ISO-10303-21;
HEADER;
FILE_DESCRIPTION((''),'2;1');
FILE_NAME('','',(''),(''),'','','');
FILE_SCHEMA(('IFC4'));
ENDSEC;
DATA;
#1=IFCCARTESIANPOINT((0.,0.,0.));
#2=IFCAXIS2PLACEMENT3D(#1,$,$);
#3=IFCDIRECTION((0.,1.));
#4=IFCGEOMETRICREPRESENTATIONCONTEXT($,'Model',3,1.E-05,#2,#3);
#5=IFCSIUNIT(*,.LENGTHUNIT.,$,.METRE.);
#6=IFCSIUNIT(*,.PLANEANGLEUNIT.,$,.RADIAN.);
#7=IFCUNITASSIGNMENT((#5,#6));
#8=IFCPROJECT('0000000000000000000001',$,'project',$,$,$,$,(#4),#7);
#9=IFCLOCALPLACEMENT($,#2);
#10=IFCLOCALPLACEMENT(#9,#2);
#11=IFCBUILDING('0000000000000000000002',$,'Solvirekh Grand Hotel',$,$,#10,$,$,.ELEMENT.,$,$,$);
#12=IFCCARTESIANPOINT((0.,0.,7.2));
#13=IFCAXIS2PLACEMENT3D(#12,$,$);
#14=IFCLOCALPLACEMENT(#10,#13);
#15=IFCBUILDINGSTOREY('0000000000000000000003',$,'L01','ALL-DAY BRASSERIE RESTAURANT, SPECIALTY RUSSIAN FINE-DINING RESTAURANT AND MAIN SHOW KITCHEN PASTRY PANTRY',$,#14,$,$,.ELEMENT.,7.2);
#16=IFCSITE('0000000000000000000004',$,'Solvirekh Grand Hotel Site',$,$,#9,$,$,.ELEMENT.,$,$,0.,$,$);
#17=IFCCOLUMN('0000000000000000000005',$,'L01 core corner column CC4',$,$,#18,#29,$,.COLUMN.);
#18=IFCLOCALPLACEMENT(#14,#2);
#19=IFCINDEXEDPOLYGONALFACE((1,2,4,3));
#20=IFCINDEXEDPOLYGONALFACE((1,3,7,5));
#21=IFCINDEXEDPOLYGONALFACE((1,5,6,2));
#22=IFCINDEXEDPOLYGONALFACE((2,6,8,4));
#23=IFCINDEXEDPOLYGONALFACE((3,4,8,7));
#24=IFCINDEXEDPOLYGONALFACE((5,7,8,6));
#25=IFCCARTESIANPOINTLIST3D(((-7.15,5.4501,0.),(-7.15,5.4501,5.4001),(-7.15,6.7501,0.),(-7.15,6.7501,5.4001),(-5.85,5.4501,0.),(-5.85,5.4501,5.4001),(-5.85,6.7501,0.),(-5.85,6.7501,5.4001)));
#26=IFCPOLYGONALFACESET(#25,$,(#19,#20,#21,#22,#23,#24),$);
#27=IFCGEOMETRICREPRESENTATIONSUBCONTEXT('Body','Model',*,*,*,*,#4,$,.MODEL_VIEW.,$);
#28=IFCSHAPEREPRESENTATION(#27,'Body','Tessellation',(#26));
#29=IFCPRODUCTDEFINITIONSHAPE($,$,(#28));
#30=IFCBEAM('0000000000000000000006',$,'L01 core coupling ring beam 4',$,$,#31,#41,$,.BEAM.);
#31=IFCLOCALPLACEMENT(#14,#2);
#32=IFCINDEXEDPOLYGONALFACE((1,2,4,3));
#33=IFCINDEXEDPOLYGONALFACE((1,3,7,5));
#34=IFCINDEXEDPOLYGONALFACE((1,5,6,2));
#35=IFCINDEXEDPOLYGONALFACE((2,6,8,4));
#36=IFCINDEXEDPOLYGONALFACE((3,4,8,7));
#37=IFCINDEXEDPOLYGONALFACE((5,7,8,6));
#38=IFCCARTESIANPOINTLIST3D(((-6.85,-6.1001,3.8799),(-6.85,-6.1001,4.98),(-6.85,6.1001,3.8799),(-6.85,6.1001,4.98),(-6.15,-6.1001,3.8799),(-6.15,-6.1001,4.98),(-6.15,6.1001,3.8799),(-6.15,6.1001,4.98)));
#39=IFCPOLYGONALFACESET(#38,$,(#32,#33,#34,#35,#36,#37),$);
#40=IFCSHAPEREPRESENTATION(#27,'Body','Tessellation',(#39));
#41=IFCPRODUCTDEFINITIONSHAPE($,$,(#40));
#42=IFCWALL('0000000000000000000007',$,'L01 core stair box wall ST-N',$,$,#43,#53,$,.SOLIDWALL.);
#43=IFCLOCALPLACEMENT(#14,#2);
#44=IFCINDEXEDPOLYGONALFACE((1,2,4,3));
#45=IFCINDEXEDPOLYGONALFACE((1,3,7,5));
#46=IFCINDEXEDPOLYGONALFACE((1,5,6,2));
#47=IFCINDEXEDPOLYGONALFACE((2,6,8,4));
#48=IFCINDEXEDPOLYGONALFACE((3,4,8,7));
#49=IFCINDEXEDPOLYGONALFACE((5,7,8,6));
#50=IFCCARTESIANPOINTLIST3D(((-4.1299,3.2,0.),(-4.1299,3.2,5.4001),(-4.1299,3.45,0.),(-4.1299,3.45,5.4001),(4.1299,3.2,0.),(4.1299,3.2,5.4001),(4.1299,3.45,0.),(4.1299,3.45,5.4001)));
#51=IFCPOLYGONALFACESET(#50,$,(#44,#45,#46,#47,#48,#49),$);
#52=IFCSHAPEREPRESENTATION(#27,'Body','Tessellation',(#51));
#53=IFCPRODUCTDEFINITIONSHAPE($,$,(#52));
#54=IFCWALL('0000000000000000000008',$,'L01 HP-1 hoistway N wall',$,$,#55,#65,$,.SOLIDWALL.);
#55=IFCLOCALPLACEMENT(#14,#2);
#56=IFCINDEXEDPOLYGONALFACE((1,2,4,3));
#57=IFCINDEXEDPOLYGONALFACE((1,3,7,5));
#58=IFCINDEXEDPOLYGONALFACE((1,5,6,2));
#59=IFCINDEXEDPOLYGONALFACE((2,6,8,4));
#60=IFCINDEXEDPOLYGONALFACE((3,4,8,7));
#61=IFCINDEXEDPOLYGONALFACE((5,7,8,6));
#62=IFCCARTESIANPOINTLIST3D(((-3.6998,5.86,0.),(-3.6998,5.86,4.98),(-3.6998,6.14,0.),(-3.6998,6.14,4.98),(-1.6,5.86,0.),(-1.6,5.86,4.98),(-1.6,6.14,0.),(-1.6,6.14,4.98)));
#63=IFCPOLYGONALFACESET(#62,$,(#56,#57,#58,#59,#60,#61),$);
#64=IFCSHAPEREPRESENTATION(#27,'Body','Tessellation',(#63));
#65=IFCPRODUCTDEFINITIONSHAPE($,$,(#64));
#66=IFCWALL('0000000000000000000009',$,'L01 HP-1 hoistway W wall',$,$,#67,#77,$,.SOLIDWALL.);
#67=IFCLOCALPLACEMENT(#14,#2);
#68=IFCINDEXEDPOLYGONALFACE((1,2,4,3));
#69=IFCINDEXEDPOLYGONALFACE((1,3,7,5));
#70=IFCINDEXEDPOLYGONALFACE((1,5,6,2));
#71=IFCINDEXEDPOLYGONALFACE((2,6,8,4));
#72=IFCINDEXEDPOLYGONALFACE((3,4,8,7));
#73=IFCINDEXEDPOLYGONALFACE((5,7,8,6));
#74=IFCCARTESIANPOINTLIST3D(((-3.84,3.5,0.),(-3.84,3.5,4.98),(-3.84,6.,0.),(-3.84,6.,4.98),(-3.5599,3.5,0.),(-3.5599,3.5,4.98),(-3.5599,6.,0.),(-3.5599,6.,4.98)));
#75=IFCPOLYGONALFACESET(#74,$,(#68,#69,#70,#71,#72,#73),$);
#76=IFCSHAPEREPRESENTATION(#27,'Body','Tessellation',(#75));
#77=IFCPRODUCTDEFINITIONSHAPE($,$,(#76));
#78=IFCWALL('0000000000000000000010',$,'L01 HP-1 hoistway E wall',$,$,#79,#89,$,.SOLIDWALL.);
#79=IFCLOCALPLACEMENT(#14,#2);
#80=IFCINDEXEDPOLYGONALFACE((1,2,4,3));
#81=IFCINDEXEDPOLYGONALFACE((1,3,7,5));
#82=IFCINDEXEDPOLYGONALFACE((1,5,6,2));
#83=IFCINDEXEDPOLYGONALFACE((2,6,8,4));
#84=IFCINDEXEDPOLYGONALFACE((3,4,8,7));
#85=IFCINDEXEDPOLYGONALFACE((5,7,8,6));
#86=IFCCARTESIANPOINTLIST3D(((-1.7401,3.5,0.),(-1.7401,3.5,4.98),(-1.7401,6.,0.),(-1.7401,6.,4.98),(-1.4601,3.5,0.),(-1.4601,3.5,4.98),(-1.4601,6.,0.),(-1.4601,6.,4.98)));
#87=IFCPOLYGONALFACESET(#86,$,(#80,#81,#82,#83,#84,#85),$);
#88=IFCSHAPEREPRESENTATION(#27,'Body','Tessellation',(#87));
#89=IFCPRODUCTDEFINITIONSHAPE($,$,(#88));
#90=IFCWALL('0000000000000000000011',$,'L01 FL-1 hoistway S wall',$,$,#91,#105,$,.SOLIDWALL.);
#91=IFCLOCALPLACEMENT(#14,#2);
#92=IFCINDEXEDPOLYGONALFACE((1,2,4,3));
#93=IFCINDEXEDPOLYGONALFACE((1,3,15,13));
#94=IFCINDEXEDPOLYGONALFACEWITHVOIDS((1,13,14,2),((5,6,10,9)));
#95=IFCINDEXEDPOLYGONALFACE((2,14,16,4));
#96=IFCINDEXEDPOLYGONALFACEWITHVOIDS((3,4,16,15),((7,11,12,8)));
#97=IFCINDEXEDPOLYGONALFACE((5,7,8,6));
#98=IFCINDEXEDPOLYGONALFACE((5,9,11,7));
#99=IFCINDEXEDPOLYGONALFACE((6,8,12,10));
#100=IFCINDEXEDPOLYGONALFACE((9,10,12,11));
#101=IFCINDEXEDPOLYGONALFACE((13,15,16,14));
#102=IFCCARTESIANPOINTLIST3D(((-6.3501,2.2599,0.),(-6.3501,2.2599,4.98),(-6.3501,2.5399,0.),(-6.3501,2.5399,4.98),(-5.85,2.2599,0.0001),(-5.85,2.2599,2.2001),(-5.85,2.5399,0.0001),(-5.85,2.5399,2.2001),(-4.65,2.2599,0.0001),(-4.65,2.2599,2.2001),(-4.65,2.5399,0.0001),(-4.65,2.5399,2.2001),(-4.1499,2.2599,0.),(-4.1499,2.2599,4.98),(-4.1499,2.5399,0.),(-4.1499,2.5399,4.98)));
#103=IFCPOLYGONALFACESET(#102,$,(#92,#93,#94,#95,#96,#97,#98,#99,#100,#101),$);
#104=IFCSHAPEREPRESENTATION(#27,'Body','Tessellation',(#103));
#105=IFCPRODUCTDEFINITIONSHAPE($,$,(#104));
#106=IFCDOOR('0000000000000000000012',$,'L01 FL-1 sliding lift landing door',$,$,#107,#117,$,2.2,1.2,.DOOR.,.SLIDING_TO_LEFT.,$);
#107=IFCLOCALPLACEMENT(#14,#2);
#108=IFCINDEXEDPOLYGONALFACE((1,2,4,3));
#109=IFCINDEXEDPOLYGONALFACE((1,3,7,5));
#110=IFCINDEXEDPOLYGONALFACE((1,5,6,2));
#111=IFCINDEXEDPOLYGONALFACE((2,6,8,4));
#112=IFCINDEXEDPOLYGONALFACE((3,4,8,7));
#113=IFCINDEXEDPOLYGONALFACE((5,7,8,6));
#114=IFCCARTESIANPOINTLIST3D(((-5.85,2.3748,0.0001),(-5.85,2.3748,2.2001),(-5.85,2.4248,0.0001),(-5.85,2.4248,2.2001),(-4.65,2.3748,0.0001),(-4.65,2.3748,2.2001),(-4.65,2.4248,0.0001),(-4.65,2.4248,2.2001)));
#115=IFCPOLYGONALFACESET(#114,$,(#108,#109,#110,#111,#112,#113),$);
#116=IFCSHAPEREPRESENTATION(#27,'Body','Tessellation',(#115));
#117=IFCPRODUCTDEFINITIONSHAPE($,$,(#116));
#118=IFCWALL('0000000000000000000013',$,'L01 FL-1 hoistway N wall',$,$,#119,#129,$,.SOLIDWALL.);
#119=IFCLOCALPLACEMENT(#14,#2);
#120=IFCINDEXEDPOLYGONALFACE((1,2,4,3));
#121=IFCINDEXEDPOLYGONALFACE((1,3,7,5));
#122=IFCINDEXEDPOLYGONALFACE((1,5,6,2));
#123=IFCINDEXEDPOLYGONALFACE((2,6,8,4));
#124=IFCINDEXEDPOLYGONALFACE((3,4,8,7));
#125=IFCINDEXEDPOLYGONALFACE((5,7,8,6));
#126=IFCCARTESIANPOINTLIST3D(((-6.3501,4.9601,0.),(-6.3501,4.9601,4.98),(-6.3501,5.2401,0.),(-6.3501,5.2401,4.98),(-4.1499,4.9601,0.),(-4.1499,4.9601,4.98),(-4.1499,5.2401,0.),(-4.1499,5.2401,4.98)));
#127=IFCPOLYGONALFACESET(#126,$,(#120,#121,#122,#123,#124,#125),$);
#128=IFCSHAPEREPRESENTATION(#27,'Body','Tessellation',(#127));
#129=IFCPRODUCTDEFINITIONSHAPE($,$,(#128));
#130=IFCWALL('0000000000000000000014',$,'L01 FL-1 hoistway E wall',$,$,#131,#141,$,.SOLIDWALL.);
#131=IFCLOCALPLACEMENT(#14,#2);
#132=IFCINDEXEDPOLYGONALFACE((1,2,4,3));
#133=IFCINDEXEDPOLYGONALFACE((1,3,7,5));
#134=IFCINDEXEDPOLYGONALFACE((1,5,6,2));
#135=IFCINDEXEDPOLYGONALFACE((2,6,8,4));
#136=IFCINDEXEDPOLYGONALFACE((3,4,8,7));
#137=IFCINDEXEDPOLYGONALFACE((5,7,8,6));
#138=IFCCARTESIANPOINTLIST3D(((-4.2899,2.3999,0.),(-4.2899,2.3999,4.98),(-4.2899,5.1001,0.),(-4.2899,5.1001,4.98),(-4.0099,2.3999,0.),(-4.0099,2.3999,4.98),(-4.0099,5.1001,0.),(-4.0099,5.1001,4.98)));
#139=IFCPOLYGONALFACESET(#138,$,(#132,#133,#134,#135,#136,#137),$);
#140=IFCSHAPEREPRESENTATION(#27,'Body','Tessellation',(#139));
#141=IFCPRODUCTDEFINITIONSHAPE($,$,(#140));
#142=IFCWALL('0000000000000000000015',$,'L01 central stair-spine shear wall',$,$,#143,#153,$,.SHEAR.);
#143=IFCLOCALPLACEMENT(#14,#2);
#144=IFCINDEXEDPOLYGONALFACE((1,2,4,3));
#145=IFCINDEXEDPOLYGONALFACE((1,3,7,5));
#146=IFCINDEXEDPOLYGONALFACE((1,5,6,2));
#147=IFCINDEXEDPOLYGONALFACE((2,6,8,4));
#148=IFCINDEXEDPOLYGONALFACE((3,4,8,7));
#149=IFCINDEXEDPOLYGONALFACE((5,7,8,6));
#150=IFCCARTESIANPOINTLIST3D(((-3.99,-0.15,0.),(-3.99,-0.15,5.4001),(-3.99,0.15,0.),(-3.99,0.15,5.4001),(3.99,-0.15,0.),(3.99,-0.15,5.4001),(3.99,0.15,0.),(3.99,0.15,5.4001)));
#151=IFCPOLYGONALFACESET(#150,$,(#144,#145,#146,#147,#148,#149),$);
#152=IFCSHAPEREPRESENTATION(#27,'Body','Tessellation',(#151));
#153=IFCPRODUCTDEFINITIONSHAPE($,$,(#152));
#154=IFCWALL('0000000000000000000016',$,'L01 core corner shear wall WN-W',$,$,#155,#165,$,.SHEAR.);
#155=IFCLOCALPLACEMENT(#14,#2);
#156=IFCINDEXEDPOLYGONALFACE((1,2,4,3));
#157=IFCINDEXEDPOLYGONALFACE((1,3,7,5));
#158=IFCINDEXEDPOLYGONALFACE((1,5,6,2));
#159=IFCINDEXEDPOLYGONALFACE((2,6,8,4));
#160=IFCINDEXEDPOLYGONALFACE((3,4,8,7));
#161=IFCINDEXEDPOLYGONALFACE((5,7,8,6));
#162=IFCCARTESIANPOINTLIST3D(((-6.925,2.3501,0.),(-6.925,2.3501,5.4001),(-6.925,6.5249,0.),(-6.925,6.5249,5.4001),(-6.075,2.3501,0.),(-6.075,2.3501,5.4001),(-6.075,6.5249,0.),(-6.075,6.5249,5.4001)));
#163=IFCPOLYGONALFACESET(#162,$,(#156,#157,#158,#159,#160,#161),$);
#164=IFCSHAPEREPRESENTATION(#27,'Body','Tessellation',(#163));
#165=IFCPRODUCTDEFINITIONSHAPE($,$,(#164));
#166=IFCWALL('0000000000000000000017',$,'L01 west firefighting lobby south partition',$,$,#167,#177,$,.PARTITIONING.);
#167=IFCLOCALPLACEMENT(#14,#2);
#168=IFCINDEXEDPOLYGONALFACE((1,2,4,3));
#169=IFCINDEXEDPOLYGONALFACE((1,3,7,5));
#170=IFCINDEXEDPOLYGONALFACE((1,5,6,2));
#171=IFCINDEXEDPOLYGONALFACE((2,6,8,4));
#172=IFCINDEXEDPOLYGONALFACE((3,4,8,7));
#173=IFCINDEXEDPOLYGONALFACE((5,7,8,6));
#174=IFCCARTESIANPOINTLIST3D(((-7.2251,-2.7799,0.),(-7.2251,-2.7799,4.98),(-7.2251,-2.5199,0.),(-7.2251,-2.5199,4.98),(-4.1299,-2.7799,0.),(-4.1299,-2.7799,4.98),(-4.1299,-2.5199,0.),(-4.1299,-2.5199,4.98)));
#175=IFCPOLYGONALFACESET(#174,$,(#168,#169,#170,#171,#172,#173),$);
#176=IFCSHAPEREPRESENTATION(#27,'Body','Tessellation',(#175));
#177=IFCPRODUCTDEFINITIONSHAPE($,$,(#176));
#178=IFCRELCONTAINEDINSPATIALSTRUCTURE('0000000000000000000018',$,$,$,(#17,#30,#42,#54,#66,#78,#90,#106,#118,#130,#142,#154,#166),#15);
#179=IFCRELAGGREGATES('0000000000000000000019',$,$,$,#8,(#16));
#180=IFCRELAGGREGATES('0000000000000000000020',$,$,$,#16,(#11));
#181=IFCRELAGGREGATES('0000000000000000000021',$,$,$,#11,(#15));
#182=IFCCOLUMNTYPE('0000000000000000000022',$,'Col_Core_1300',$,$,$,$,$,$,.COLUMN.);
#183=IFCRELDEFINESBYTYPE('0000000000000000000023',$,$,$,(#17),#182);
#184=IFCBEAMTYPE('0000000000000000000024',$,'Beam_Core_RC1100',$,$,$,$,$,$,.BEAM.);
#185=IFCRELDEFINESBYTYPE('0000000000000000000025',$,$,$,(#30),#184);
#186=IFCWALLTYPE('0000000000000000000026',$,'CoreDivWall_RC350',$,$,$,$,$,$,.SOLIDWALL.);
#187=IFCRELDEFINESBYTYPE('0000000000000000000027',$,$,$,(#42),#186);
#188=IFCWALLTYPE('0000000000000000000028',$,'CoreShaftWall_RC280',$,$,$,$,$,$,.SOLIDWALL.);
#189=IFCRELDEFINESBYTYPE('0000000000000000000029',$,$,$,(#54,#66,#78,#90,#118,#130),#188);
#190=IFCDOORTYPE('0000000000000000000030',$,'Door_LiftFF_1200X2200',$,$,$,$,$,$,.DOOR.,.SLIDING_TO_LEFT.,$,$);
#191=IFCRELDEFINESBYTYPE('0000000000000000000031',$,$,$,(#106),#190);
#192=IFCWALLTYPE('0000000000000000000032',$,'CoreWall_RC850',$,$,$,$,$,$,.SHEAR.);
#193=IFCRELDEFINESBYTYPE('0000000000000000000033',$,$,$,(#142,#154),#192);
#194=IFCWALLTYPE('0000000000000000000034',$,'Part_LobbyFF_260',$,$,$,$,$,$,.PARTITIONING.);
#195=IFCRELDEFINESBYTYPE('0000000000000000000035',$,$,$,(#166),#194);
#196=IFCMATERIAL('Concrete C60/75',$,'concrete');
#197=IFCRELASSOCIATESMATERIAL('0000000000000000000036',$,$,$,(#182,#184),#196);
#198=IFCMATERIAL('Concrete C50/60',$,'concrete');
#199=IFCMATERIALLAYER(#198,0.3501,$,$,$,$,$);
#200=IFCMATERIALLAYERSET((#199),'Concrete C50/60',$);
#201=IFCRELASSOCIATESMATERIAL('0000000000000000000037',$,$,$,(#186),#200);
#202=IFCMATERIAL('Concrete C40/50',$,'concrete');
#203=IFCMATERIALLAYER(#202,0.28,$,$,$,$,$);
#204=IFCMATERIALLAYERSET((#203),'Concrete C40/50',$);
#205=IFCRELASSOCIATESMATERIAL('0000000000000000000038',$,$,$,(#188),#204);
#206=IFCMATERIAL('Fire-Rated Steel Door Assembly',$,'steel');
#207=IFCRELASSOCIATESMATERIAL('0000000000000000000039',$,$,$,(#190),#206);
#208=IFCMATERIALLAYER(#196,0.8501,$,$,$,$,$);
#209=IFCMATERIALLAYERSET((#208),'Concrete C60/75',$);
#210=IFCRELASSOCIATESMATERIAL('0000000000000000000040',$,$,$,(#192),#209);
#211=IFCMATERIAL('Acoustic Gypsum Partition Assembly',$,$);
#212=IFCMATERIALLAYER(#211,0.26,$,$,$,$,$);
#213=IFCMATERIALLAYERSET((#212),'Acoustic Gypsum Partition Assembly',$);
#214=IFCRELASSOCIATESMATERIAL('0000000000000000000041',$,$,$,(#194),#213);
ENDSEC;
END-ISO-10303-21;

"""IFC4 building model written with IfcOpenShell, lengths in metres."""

from ifc_helpers import new_model, si_unit, direction, frame, frame_2d, origin, origin_2d, place, context, subcontext, project, spatial, rectangle, extrude, material, layer, layer_set, material_profile, profile_set, type_object, element, fill, save


model = new_model("IFC4")

# Units and contexts
model_context = context("Model", 3, precision=1e-05, world=origin(), true_north=direction((0.0, 1.0)))
body_context = subcontext(model_context, "Body", "Model", "MODEL_VIEW")
ifc_project = project(units=[si_unit("LENGTHUNIT", "METRE"), si_unit("PLANEANGLEUNIT", "RADIAN")], contexts=[model_context])

# Site, building, storey
site_placement = place(None, origin())
site = spatial("IfcSite", under=ifc_project, at=site_placement, Name="Solvirekh Grand Hotel Site", CompositionType="ELEMENT", RefElevation=0.0)
building_placement = place(site_placement, origin())
building = spatial("IfcBuilding", under=site, at=building_placement, Name="Solvirekh Grand Hotel", CompositionType="ELEMENT")
storey_placement = place(building_placement, frame((0.0, 0.0, 7.2)))
storey = spatial("IfcBuildingStorey", under=building, at=storey_placement, Name="L01", Description="ALL-DAY BRASSERIE RESTAURANT, SPECIALTY RUSSIAN FINE-DINING RESTAURANT AND MAIN SHOW KITCHEN PASTRY PANTRY", CompositionType="ELEMENT", Elevation=7.2)

# Column
ifc_material_1 = material(Name="Concrete C60/75", Category="concrete")
ifc_material_profile_1 = material_profile(ifc_material_1, rectangle(XDim=1.3, YDim=1.3, at=origin_2d()), Name="RC 1300X1300")
ifc_profile_set_1 = profile_set([ifc_material_profile_1], Name="Concrete C60/75")
column_type = type_object("IfcColumnType", Name="Col_Core_1300", PredefinedType="COLUMN", material=ifc_profile_set_1)
column_placement = place(storey_placement, frame((-6.5, 6.1001, 0.0), z_axis=(0.0, 0.0, 1.0), x_axis=(1.0, 0.0, 0.0)))
element("IfcColumn", 1, at=column_placement, inside=storey, type_object=column_type, Name="L01 core corner column CC4", PredefinedType="COLUMN", context=body_context, shape_type="SweptSolid", body=[
    extrude(rectangle(XDim=1.3, YDim=1.3, at=origin_2d()), origin(), (0.0, 0.0, 1.0), 5.4001),
])

# Beam
ifc_material_profile_2 = material_profile(ifc_material_1, rectangle(XDim=0.7, YDim=1.1001, at=origin_2d()), Name="RC BEAM 700X1100")
ifc_profile_set_2 = profile_set([ifc_material_profile_2], Name="Concrete C60/75")
beam_type = type_object("IfcBeamType", Name="Beam_Core_RC1100", PredefinedType="BEAM", material=ifc_profile_set_2)
beam_placement = place(storey_placement, frame((-6.5, 6.1001, 4.4299), z_axis=(0.0, -1.0, 0.0), x_axis=(1.0, 0.0, 0.0)))
element("IfcBeam", 2, at=beam_placement, inside=storey, type_object=beam_type, Name="L01 core coupling ring beam 4", PredefinedType="BEAM", context=body_context, shape_type="SweptSolid", body=[
    extrude(rectangle(XDim=0.7, YDim=1.1001, at=origin_2d()), origin(), (0.0, 0.0, 1.0), 12.2002),
])

# Walls
ifc_material_2 = material(Name="Concrete C50/60", Category="concrete")
ifc_layer_1 = layer(ifc_material_2, 0.3501)
ifc_layer_set_1 = layer_set([ifc_layer_1], Name="Concrete C50/60")
wall_type_1 = type_object("IfcWallType", Name="CoreDivWall_RC350", PredefinedType="SOLIDWALL", material=ifc_layer_set_1)
wall_1_placement = place(storey_placement, frame((-4.1299, 3.325, 0.0), z_axis=(0.0, 0.0, 1.0), x_axis=(1.0, 0.0, 0.0)))
element("IfcWall", 3, at=wall_1_placement, inside=storey, type_object=wall_type_1, Name="L01 core stair box wall ST-N", PredefinedType="SOLIDWALL", context=body_context, shape_type="SweptSolid", body=[
    extrude(rectangle(XDim=8.2598, YDim=0.25, at=frame_2d((4.1299, 0.0))), origin(), (0.0, 0.0, 1.0), 5.4001),
])
ifc_material_3 = material(Name="Concrete C40/50", Category="concrete")
ifc_layer_2 = layer(ifc_material_3, 0.28)
ifc_layer_set_2 = layer_set([ifc_layer_2], Name="Concrete C40/50")
wall_type_2 = type_object("IfcWallType", Name="CoreShaftWall_RC280", PredefinedType="SOLIDWALL", material=ifc_layer_set_2)
wall_2_placement = place(storey_placement, frame((-1.6001, 6.0, 0.0), z_axis=(0.0, 0.0, 1.0), x_axis=(-1.0, 0.0, 0.0)))
element("IfcWall", 4, at=wall_2_placement, inside=storey, type_object=wall_type_2, Name="L01 HP-1 hoistway N wall", PredefinedType="SOLIDWALL", context=body_context, shape_type="SweptSolid", body=[
    extrude(rectangle(XDim=2.0999, YDim=0.28, at=frame_2d((1.0498, 0.0))), origin(), (0.0, 0.0, 1.0), 4.98),
])
for number, where, z_axis, x_axis, name in (
    (5, (-3.7, 6.0, 0.0), (0.0, 0.0, 1.0), (0.0, -1.0, 0.0), "L01 HP-1 hoistway W wall"),
    (6, (-1.6001, 3.5, 0.0), (0.0, 0.0, 1.0), (0.0, 1.0, 0.0), "L01 HP-1 hoistway E wall"),
):
    element("IfcWall", number, at=place(storey_placement, frame(where, z_axis=z_axis, x_axis=x_axis)), inside=storey, type_object=wall_type_2, Name=name, PredefinedType="SOLIDWALL", context=body_context, shape_type="SweptSolid", body=[
        extrude(rectangle(XDim=2.5, YDim=0.28, at=frame_2d((1.25, 0.0))), origin(), (0.0, 0.0, 1.0), 4.98),
    ])

# Wall, opening, door
wall_3_placement = place(storey_placement, frame((-6.3501, 2.3999, 0.0), z_axis=(0.0, 0.0, 1.0), x_axis=(1.0, 0.0, 0.0)))
wall_3 = element("IfcWall", 7, at=wall_3_placement, inside=storey, type_object=wall_type_2, Name="L01 FL-1 hoistway S wall", PredefinedType="SOLIDWALL", context=body_context, shape_type="SweptSolid", body=[
    extrude(rectangle(XDim=2.2002, YDim=0.28, at=frame_2d((1.1001, 0.0))), origin(), (0.0, 0.0, 1.0), 4.98),
])
opening_1_placement = place(wall_3_placement, frame((0.5, 0.0, 0.0)))
opening_1 = element("IfcOpeningElement", 8, at=opening_1_placement, cuts=wall_3, PredefinedType="OPENING", context=body_context, shape_type="SweptSolid", body=[
    extrude(rectangle(XDim=1.2, YDim=2.2, at=frame_2d((0.6001, 1.1001))), frame((0.0, 0.1499, 0.0), z_axis=(0.0, -1.0, 0.0), x_axis=(1.0, 0.0, 0.0)), (0.0, 0.0, 1.0), 0.3),
])
ifc_material_4 = material(Name="Fire-Rated Steel Door Assembly", Category="steel")
door_type_1 = type_object("IfcDoorType", Name="Door_LiftFF_1200X2200", OperationType="SLIDING_TO_LEFT", PredefinedType="DOOR", material=ifc_material_4)
door_1_placement = place(opening_1_placement, origin())
door_1 = element("IfcDoor", 9, at=door_1_placement, inside=storey, type_object=door_type_1, Name="L01 FL-1 sliding lift landing door", OperationType="SLIDING_TO_LEFT", OverallHeight=2.2, OverallWidth=1.2, PredefinedType="DOOR", context=body_context, shape_type="SweptSolid", body=[
    extrude(rectangle(XDim=1.2, YDim=2.2, at=frame_2d((0.6001, 1.1001))), frame((0.0, 0.0249, 0.0), z_axis=(0.0, -1.0, 0.0), x_axis=(1.0, 0.0, 0.0)), (0.0, 0.0, 1.0), 0.05),
])
fill(opening_1, door_1)

# Walls
wall_4_placement = place(storey_placement, frame((-4.1499, 5.1001, 0.0), z_axis=(0.0, 0.0, 1.0), x_axis=(-1.0, 0.0, 0.0)))
element("IfcWall", 10, at=wall_4_placement, inside=storey, type_object=wall_type_2, Name="L01 FL-1 hoistway N wall", PredefinedType="SOLIDWALL", context=body_context, shape_type="SweptSolid", body=[
    extrude(rectangle(XDim=2.2002, YDim=0.28, at=frame_2d((1.1001, 0.0))), origin(), (0.0, 0.0, 1.0), 4.98),
])
wall_5_placement = place(storey_placement, frame((-4.1499, 2.3999, 0.0), z_axis=(0.0, 0.0, 1.0), x_axis=(0.0, 1.0, 0.0)))
element("IfcWall", 11, at=wall_5_placement, inside=storey, type_object=wall_type_2, Name="L01 FL-1 hoistway E wall", PredefinedType="SOLIDWALL", context=body_context, shape_type="SweptSolid", body=[
    extrude(rectangle(XDim=2.7002, YDim=0.28, at=frame_2d((1.3501, 0.0))), origin(), (0.0, 0.0, 1.0), 4.98),
])
ifc_layer_3 = layer(ifc_material_1, 0.8501)
ifc_layer_set_3 = layer_set([ifc_layer_3], Name="Concrete C60/75")
wall_type_3 = type_object("IfcWallType", Name="CoreWall_RC850", PredefinedType="SHEAR", material=ifc_layer_set_3)
wall_6_placement = place(storey_placement, frame((-3.99, 0.0, 0.0), z_axis=(0.0, 0.0, 1.0), x_axis=(1.0, 0.0, 0.0)))
element("IfcWall", 12, at=wall_6_placement, inside=storey, type_object=wall_type_3, Name="L01 central stair-spine shear wall", PredefinedType="SHEAR", context=body_context, shape_type="SweptSolid", body=[
    extrude(rectangle(XDim=7.98, YDim=0.3, at=frame_2d((3.99, 0.0))), origin(), (0.0, 0.0, 1.0), 5.4001),
])
wall_7_placement = place(storey_placement, frame((-6.5, 2.3501, 0.0), z_axis=(0.0, 0.0, 1.0), x_axis=(0.0, 1.0, 0.0)))
element("IfcWall", 13, at=wall_7_placement, inside=storey, type_object=wall_type_3, Name="L01 core corner shear wall WN-W", PredefinedType="SHEAR", context=body_context, shape_type="SweptSolid", body=[
    extrude(rectangle(XDim=4.1748, YDim=0.8501, at=frame_2d((2.0874, 0.0))), origin(), (0.0, 0.0, 1.0), 5.4001),
])
ifc_material_5 = material(Name="Acoustic Gypsum Partition Assembly")
ifc_layer_4 = layer(ifc_material_5, 0.26)
ifc_layer_set_4 = layer_set([ifc_layer_4], Name="Acoustic Gypsum Partition Assembly")
wall_type_4 = type_object("IfcWallType", Name="Part_LobbyFF_260", PredefinedType="PARTITIONING", material=ifc_layer_set_4)
wall_8_placement = place(storey_placement, frame((-7.2251, -2.6499, 0.0), z_axis=(0.0, 0.0, 1.0), x_axis=(1.0, 0.0, 0.0)))
element("IfcWall", 14, at=wall_8_placement, inside=storey, type_object=wall_type_4, Name="L01 west firefighting lobby south partition", PredefinedType="PARTITIONING", context=body_context, shape_type="SweptSolid", body=[
    extrude(rectangle(XDim=3.0952, YDim=0.26, at=frame_2d((1.5476, 0.0))), origin(), (0.0, 0.0, 1.0), 4.98),
])

save(model, "model.ifc")
